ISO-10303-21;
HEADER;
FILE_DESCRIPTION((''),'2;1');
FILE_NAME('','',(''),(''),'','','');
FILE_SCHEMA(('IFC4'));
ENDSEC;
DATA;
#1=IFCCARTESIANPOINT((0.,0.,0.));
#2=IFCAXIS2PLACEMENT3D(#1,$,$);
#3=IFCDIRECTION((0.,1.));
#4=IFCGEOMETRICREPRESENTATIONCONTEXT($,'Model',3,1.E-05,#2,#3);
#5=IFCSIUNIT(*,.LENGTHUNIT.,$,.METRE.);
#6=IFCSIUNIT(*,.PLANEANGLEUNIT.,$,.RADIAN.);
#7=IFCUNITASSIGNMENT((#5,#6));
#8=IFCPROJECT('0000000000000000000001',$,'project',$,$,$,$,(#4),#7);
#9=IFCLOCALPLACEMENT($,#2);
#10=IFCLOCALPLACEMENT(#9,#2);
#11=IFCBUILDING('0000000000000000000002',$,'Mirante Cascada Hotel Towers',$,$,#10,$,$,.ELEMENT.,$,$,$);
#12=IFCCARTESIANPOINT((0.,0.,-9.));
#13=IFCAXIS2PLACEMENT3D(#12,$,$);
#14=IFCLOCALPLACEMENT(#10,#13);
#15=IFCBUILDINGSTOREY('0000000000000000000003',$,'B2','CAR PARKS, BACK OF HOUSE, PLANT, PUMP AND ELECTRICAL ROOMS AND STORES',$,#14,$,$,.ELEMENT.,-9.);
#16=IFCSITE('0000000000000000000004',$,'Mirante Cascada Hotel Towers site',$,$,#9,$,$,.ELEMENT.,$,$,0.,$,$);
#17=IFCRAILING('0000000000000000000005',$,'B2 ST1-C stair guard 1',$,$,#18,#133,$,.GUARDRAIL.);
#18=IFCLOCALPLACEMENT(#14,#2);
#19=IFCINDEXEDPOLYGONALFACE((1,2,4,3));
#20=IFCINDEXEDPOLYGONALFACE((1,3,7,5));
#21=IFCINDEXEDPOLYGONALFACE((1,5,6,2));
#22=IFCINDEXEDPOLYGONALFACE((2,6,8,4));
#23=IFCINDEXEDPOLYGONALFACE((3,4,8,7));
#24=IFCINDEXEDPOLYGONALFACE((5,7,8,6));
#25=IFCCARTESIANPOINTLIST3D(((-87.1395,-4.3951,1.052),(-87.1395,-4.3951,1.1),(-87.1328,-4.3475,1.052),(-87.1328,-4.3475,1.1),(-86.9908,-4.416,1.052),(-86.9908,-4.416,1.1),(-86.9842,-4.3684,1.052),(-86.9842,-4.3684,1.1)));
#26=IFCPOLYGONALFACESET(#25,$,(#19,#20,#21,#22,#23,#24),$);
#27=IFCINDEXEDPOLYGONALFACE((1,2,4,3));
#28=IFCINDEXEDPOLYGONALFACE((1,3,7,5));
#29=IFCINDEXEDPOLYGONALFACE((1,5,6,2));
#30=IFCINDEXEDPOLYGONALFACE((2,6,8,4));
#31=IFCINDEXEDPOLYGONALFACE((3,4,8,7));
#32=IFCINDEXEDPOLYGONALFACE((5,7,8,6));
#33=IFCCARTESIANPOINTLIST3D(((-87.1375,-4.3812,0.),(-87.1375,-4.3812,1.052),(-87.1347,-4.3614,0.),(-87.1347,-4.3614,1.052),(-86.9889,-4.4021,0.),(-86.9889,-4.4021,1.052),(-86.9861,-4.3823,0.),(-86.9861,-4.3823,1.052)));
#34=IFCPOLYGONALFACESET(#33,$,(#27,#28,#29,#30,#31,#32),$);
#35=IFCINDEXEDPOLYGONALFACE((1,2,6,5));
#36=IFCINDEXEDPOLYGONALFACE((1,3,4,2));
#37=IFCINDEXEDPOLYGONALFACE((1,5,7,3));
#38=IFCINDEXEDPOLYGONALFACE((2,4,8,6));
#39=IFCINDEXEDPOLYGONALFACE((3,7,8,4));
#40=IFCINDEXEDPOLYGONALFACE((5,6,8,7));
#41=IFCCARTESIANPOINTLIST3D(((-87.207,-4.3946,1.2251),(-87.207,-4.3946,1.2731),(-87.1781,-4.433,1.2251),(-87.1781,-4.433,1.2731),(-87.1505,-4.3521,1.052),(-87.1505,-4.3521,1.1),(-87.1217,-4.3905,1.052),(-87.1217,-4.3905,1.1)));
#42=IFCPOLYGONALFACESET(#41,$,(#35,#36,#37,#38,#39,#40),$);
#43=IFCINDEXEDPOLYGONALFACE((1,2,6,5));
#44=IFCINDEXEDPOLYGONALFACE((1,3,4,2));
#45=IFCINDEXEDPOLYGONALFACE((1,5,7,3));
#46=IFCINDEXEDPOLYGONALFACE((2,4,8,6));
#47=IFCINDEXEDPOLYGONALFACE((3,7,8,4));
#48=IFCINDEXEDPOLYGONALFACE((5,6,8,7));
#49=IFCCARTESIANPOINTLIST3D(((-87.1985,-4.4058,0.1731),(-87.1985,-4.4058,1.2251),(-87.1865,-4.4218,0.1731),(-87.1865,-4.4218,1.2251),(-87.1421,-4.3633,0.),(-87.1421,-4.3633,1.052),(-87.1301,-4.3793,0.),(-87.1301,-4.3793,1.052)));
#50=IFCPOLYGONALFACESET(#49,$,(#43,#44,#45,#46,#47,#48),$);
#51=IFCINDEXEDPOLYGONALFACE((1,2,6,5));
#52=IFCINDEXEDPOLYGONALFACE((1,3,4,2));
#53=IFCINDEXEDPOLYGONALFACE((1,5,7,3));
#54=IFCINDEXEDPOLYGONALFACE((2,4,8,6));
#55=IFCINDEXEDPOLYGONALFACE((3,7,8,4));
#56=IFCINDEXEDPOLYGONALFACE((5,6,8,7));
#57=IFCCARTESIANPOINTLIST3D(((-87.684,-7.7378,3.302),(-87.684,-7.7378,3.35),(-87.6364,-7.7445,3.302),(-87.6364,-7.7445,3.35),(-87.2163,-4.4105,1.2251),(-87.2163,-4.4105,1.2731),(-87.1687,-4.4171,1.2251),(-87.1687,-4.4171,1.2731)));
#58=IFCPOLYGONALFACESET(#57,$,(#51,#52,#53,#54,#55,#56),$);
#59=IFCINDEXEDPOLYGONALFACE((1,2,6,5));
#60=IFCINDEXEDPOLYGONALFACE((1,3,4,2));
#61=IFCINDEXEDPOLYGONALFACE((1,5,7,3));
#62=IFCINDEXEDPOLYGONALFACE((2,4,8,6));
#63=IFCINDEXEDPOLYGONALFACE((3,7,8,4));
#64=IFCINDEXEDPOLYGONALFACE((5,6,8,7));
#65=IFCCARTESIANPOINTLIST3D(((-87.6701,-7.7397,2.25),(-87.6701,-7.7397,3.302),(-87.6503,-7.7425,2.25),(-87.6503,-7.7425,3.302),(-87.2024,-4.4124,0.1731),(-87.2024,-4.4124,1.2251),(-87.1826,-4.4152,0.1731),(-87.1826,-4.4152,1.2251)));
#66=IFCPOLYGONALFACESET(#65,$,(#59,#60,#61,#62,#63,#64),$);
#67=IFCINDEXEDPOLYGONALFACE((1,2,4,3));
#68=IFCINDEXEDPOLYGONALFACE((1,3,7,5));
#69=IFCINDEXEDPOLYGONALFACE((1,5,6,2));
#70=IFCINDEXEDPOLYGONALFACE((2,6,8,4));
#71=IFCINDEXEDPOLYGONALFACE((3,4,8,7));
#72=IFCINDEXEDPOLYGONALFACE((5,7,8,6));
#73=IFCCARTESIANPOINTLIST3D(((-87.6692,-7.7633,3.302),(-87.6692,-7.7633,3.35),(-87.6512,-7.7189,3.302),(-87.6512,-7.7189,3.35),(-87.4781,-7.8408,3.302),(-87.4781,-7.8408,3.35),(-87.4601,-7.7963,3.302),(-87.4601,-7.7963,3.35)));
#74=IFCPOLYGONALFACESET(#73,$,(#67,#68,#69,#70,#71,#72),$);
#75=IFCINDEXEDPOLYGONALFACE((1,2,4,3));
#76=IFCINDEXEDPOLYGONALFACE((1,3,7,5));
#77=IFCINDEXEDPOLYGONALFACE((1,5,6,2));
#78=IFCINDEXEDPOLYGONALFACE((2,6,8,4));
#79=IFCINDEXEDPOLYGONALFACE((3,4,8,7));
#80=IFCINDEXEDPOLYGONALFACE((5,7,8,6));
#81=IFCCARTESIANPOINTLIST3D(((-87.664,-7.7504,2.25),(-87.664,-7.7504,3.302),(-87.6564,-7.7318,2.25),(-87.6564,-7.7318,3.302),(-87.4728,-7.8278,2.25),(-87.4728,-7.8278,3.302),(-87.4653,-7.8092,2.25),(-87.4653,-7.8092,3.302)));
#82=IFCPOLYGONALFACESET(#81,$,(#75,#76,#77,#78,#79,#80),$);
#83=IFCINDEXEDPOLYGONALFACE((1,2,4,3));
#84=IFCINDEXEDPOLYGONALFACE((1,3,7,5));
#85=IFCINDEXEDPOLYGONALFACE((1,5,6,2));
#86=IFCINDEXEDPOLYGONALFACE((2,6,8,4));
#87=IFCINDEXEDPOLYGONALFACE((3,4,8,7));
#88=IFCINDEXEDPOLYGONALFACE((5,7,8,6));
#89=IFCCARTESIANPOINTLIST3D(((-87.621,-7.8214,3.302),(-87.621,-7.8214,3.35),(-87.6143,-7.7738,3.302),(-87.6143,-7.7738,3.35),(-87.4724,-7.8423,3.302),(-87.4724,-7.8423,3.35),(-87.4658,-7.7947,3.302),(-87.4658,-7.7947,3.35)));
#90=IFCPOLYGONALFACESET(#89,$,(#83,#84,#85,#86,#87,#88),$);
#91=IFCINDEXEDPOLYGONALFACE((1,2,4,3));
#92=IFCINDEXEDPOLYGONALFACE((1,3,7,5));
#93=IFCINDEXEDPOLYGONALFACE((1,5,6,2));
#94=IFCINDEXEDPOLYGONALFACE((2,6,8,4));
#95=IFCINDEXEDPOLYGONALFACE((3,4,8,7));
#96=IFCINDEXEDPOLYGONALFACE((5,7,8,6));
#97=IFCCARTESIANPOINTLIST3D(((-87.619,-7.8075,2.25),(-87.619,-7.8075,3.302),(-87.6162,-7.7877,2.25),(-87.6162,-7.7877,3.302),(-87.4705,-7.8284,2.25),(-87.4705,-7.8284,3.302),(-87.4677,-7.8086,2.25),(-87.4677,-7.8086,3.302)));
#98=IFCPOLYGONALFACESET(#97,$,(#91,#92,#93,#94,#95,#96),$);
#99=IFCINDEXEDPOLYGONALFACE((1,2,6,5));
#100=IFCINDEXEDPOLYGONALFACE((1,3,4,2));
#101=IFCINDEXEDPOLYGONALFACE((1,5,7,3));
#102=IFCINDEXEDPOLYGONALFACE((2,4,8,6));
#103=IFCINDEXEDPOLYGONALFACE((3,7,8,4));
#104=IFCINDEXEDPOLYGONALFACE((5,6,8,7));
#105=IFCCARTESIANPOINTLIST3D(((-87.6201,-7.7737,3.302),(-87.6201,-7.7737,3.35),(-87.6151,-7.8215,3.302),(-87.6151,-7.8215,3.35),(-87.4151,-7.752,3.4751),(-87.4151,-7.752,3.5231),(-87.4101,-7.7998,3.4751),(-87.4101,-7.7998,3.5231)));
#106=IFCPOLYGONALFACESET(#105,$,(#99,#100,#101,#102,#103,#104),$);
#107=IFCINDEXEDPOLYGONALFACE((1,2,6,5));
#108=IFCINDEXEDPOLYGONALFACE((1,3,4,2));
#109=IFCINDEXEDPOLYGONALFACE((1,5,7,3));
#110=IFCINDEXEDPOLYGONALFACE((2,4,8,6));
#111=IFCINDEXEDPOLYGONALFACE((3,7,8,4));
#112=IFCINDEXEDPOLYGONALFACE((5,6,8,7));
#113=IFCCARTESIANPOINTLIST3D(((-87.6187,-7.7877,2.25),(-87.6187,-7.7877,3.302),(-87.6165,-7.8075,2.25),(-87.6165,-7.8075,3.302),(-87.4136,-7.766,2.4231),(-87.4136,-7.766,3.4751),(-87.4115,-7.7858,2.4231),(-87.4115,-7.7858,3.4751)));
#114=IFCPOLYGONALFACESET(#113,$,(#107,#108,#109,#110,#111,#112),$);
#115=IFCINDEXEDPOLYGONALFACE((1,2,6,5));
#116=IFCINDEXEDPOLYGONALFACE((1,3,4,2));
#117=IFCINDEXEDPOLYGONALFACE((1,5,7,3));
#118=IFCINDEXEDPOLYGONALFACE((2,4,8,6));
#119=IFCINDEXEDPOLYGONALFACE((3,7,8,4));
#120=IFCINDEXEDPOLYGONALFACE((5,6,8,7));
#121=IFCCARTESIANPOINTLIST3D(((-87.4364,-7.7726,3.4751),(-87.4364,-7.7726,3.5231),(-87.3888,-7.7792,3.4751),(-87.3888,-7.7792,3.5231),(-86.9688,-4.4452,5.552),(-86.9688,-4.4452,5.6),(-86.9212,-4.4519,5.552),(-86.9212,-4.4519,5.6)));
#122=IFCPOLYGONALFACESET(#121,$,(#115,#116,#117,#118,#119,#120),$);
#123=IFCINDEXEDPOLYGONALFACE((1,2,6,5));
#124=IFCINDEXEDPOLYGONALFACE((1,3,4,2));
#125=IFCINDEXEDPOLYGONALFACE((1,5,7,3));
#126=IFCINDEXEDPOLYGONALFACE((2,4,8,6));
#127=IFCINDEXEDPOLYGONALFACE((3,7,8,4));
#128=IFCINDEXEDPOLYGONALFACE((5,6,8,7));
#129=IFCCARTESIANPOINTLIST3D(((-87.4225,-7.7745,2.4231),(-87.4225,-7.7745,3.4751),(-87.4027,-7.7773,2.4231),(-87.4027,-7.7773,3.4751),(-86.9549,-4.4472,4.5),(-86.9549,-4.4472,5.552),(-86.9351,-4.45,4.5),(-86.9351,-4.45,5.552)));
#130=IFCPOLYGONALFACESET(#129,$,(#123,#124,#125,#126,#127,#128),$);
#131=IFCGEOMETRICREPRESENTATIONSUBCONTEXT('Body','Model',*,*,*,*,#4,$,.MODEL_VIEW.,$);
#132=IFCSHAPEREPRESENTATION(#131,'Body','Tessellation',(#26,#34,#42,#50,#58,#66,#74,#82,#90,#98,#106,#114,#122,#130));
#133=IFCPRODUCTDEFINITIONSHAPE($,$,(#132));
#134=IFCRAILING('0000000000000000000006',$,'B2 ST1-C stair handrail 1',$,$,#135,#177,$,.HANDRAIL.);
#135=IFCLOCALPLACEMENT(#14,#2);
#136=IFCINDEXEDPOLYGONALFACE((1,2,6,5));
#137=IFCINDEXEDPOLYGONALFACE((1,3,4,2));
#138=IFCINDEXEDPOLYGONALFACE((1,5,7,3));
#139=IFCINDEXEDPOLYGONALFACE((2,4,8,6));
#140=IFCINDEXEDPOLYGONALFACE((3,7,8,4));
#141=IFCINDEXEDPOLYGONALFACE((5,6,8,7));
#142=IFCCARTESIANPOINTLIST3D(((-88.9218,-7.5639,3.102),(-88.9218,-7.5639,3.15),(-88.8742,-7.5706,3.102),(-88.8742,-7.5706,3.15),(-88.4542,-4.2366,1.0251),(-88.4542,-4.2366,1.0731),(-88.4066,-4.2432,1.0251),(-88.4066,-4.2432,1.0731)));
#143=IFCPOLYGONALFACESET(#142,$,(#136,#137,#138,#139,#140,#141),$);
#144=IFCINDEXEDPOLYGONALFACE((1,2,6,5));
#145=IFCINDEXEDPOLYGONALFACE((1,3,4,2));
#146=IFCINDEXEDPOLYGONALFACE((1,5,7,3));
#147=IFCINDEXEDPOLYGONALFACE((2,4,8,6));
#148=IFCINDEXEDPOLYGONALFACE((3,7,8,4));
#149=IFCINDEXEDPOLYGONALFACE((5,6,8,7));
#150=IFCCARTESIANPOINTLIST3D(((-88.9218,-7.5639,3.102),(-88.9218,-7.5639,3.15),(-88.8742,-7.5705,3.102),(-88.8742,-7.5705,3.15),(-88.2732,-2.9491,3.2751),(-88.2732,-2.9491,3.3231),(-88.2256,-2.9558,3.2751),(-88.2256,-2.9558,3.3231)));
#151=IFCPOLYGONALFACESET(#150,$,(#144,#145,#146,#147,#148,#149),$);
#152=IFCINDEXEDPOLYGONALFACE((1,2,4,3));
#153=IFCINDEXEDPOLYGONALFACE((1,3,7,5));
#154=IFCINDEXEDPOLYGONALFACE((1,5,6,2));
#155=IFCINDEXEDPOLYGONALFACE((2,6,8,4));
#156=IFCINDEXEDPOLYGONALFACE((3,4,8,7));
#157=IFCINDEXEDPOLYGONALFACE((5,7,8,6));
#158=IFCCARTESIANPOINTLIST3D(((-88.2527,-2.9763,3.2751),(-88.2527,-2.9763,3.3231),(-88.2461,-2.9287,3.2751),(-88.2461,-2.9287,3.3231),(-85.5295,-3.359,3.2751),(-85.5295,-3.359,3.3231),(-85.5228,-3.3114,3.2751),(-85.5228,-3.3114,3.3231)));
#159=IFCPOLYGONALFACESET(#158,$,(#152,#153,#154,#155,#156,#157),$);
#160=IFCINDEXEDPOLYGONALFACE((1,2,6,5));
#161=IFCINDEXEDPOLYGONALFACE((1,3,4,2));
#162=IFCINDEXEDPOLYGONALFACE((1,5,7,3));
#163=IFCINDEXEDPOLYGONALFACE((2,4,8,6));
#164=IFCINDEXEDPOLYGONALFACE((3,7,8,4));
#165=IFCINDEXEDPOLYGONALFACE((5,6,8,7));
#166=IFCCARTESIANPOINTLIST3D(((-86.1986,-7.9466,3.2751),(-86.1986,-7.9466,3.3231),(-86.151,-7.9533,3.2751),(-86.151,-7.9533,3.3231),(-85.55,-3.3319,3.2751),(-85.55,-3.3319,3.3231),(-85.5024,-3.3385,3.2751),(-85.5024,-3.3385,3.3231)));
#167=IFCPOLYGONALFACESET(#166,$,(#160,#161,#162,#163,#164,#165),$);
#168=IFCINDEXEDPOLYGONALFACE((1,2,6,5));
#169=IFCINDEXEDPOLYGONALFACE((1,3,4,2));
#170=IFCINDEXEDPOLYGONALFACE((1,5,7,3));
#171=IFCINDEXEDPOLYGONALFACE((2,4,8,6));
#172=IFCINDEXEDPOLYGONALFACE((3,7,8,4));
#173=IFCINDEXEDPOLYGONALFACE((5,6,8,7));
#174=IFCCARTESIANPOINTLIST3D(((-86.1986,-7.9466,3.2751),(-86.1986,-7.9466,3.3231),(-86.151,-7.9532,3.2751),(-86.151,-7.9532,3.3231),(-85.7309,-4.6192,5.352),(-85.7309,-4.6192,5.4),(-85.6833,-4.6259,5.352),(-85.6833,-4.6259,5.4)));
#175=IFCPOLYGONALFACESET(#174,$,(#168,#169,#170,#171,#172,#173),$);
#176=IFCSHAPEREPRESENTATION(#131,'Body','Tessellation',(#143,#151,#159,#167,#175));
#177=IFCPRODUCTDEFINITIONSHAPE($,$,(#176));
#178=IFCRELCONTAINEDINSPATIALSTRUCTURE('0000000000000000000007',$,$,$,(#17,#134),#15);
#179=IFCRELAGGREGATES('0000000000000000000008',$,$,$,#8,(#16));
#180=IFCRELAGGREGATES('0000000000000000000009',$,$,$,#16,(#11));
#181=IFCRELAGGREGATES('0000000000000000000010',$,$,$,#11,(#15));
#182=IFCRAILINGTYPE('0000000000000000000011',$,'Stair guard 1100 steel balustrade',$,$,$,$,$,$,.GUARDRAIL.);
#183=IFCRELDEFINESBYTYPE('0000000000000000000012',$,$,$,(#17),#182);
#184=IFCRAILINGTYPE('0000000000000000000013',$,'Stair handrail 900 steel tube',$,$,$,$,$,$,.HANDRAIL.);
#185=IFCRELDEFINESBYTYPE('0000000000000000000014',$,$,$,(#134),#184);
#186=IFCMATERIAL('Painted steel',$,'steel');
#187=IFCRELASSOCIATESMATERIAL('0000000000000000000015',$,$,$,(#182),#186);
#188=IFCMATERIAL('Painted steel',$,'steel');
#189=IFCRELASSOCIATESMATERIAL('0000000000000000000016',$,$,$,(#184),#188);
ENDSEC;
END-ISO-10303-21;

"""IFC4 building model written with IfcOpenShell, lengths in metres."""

from ifc_helpers import new_model, si_unit, direction, frame, origin, origin_2d, place, context, subcontext, project, spatial, rectangle, extrude, material, type_object, element, save


model = new_model("IFC4")

# Units and contexts
model_context = context("Model", 3, precision=1e-05, world=origin(), true_north=direction((0.0, 1.0)))
body_context = subcontext(model_context, "Body", "Model", "MODEL_VIEW")
ifc_project = project(units=[si_unit("LENGTHUNIT", "METRE"), si_unit("PLANEANGLEUNIT", "RADIAN")], contexts=[model_context])

# Site, building, storey
site_placement = place(None, origin())
site = spatial("IfcSite", under=ifc_project, at=site_placement, Name="Mirante Cascada Hotel Towers site", CompositionType="ELEMENT", RefElevation=0.0)
building_placement = place(site_placement, origin())
building = spatial("IfcBuilding", under=site, at=building_placement, Name="Mirante Cascada Hotel Towers", CompositionType="ELEMENT")
storey_placement = place(building_placement, frame((0.0, 0.0, -9.0)))
storey = spatial("IfcBuildingStorey", under=building, at=storey_placement, Name="B2", Description="CAR PARKS, BACK OF HOUSE, PLANT, PUMP AND ELECTRICAL ROOMS AND STORES", CompositionType="ELEMENT", Elevation=-9.0)

# Railings
ifc_material_1 = material(Name="Painted steel", Category="steel")
railing_type_1 = type_object("IfcRailingType", Name="Stair guard 1100 steel balustrade", PredefinedType="GUARDRAIL", material=ifc_material_1)
railing_1_placement = place(storey_placement, frame((-86.9875, -4.3922, 0.0)))
element("IfcRailing", 1, at=railing_1_placement, inside=storey, type_object=railing_type_1, Name="B2 ST1-C stair guard 1", PredefinedType="GUARDRAIL", context=body_context, shape_type="SweptSolid", body=[
    extrude(rectangle(XDim=0.048, YDim=0.048, at=origin_2d()), frame((0.0, 0.0, 1.076), z_axis=(-0.990254, 0.139275, 0.0), x_axis=(-0.139275, -0.990254, 0.0)), (0.0, 0.0, 1.0), 0.1501),
    extrude(rectangle(XDim=0.02, YDim=1.052, at=origin_2d()), frame((0.0, 0.0, 0.526), z_axis=(-0.990254, 0.139275, 0.0), x_axis=(-0.139275, -0.990254, 0.0)), (0.0, 0.0, 1.0), 0.1501),
    extrude(rectangle(XDim=0.048, YDim=0.048, at=origin_2d()), frame((-0.1486, 0.0209, 1.076), z_axis=(-0.798639, -0.601811, 0.0), x_axis=(0.601811, -0.798639, 0.0)), (0.0, 0.925909, 0.377746), 0.187),
    extrude(rectangle(XDim=0.02, YDim=1.052, at=origin_2d()), frame((-0.1486, 0.0209, 0.526), z_axis=(-0.798639, -0.601811, 0.0), x_axis=(0.601811, -0.798639, 0.0)), (0.0, 0.925909, 0.377746), 0.187),
    extrude(rectangle(XDim=0.048, YDim=0.048, at=origin_2d()), frame((-0.205, -0.0216, 1.2491), z_axis=(-0.139196, -0.990265, 0.0), x_axis=(0.990265, -0.139196, 0.0)), (0.0, 0.525786, 0.850617), 3.9501),
    extrude(rectangle(XDim=0.02, YDim=1.052, at=origin_2d()), frame((-0.205, -0.0216, 0.6991), z_axis=(-0.139196, -0.990265, 0.0), x_axis=(0.990265, -0.139196, 0.0)), (0.0, 0.525786, 0.850617), 3.9501),
    extrude(rectangle(XDim=0.048, YDim=0.048, at=origin_2d()), frame((-0.6727, -3.3489, 3.326), z_axis=(0.926862, -0.375401, 0.0), x_axis=(0.375401, 0.926862, 0.0)), (0.0, 0.0, 1.0), 0.2062),
    extrude(rectangle(XDim=0.02, YDim=1.052, at=origin_2d()), frame((-0.6727, -3.3489, 2.776), z_axis=(0.926862, -0.375401, 0.0), x_axis=(0.375401, 0.926862, 0.0)), (0.0, 0.0, 1.0), 0.2062),
    extrude(rectangle(XDim=0.048, YDim=0.048, at=origin_2d()), frame((-0.4816, -3.4263, 3.326), z_axis=(-0.990241, 0.139367, 0.0), x_axis=(-0.139367, -0.990241, 0.0)), (0.0, 0.0, 1.0), 0.15),
    extrude(rectangle(XDim=0.02, YDim=1.052, at=origin_2d()), frame((-0.4816, -3.4263, 2.776), z_axis=(-0.990241, 0.139367, 0.0), x_axis=(-0.139367, -0.990241, 0.0)), (0.0, 0.0, 1.0), 0.15),
    extrude(rectangle(XDim=0.048, YDim=0.048, at=origin_2d()), frame((-0.6301, -3.4054, 3.326), z_axis=(0.994444, 0.105266, 0.0), x_axis=(-0.105266, 0.994444, 0.0)), (0.0, 0.643057, 0.765818), 0.2692),
    extrude(rectangle(XDim=0.02, YDim=1.052, at=origin_2d()), frame((-0.6301, -3.4054, 2.776), z_axis=(0.994444, 0.105266, 0.0), x_axis=(-0.105266, 0.994444, 0.0)), (0.0, 0.643057, 0.765818), 0.2692),
    extrude(rectangle(XDim=0.048, YDim=0.048, at=origin_2d()), frame((-0.4251, -3.3837, 3.4991), z_axis=(0.139167, 0.990269, 0.0), x_axis=(-0.990269, 0.139167, 0.0)), (0.0, 0.525787, 0.850616), 3.9501),
    extrude(rectangle(XDim=0.02, YDim=1.052, at=origin_2d()), frame((-0.4251, -3.3837, 2.9491), z_axis=(0.139167, 0.990269, 0.0), x_axis=(-0.990269, 0.139167, 0.0)), (0.0, 0.525787, 0.850616), 3.9501),
])
ifc_material_2 = material(Name="Painted steel", Category="steel")
railing_type_2 = type_object("IfcRailingType", Name="Stair handrail 900 steel tube", PredefinedType="HANDRAIL", material=ifc_material_2)
railing_2_placement = place(storey_placement, frame((-88.4304, -4.2399, 0.1731)))
element("IfcRailing", 2, at=railing_2_placement, inside=storey, type_object=railing_type_2, Name="B2 ST1-C stair handrail 1", PredefinedType="HANDRAIL", context=body_context, shape_type="SweptSolid", body=[
    extrude(rectangle(XDim=0.048, YDim=0.048, at=origin_2d()), frame((0.0, 0.0, 0.876), z_axis=(-0.139167, -0.990269, 0.0), x_axis=(0.990269, -0.139167, 0.0)), (0.0, 0.525787, 0.850616), 3.9501),
    extrude(rectangle(XDim=0.048, YDim=0.048, at=origin_2d()), frame((-0.4676, -3.3273, 2.9529), z_axis=(0.139183, 0.990267, 0.0), x_axis=(-0.990267, 0.139183, 0.0)), (0.0, 0.03712, 0.999311), 4.6633),
    extrude(rectangle(XDim=0.048, YDim=0.048, at=origin_2d()), frame((0.181, 1.2874, 3.126), z_axis=(0.990269, -0.139166, 0.0), x_axis=(0.139166, 0.990269, 0.0)), (0.0, 0.0, 1.0), 2.75),
    extrude(rectangle(XDim=0.048, YDim=0.048, at=origin_2d()), frame((2.9042, 0.9047, 3.126), z_axis=(-0.139183, -0.990267, 0.0), x_axis=(0.990267, -0.139183, 0.0)), (0.0, 0.0, 1.0), 4.6601),
    extrude(rectangle(XDim=0.048, YDim=0.048, at=origin_2d()), frame((2.2556, -3.71, 3.126), z_axis=(0.139196, 0.990265, 0.0), x_axis=(-0.990265, 0.139196, 0.0)), (0.0, 0.525786, 0.850617), 3.9501),
])

save(model, "model.ifc")
